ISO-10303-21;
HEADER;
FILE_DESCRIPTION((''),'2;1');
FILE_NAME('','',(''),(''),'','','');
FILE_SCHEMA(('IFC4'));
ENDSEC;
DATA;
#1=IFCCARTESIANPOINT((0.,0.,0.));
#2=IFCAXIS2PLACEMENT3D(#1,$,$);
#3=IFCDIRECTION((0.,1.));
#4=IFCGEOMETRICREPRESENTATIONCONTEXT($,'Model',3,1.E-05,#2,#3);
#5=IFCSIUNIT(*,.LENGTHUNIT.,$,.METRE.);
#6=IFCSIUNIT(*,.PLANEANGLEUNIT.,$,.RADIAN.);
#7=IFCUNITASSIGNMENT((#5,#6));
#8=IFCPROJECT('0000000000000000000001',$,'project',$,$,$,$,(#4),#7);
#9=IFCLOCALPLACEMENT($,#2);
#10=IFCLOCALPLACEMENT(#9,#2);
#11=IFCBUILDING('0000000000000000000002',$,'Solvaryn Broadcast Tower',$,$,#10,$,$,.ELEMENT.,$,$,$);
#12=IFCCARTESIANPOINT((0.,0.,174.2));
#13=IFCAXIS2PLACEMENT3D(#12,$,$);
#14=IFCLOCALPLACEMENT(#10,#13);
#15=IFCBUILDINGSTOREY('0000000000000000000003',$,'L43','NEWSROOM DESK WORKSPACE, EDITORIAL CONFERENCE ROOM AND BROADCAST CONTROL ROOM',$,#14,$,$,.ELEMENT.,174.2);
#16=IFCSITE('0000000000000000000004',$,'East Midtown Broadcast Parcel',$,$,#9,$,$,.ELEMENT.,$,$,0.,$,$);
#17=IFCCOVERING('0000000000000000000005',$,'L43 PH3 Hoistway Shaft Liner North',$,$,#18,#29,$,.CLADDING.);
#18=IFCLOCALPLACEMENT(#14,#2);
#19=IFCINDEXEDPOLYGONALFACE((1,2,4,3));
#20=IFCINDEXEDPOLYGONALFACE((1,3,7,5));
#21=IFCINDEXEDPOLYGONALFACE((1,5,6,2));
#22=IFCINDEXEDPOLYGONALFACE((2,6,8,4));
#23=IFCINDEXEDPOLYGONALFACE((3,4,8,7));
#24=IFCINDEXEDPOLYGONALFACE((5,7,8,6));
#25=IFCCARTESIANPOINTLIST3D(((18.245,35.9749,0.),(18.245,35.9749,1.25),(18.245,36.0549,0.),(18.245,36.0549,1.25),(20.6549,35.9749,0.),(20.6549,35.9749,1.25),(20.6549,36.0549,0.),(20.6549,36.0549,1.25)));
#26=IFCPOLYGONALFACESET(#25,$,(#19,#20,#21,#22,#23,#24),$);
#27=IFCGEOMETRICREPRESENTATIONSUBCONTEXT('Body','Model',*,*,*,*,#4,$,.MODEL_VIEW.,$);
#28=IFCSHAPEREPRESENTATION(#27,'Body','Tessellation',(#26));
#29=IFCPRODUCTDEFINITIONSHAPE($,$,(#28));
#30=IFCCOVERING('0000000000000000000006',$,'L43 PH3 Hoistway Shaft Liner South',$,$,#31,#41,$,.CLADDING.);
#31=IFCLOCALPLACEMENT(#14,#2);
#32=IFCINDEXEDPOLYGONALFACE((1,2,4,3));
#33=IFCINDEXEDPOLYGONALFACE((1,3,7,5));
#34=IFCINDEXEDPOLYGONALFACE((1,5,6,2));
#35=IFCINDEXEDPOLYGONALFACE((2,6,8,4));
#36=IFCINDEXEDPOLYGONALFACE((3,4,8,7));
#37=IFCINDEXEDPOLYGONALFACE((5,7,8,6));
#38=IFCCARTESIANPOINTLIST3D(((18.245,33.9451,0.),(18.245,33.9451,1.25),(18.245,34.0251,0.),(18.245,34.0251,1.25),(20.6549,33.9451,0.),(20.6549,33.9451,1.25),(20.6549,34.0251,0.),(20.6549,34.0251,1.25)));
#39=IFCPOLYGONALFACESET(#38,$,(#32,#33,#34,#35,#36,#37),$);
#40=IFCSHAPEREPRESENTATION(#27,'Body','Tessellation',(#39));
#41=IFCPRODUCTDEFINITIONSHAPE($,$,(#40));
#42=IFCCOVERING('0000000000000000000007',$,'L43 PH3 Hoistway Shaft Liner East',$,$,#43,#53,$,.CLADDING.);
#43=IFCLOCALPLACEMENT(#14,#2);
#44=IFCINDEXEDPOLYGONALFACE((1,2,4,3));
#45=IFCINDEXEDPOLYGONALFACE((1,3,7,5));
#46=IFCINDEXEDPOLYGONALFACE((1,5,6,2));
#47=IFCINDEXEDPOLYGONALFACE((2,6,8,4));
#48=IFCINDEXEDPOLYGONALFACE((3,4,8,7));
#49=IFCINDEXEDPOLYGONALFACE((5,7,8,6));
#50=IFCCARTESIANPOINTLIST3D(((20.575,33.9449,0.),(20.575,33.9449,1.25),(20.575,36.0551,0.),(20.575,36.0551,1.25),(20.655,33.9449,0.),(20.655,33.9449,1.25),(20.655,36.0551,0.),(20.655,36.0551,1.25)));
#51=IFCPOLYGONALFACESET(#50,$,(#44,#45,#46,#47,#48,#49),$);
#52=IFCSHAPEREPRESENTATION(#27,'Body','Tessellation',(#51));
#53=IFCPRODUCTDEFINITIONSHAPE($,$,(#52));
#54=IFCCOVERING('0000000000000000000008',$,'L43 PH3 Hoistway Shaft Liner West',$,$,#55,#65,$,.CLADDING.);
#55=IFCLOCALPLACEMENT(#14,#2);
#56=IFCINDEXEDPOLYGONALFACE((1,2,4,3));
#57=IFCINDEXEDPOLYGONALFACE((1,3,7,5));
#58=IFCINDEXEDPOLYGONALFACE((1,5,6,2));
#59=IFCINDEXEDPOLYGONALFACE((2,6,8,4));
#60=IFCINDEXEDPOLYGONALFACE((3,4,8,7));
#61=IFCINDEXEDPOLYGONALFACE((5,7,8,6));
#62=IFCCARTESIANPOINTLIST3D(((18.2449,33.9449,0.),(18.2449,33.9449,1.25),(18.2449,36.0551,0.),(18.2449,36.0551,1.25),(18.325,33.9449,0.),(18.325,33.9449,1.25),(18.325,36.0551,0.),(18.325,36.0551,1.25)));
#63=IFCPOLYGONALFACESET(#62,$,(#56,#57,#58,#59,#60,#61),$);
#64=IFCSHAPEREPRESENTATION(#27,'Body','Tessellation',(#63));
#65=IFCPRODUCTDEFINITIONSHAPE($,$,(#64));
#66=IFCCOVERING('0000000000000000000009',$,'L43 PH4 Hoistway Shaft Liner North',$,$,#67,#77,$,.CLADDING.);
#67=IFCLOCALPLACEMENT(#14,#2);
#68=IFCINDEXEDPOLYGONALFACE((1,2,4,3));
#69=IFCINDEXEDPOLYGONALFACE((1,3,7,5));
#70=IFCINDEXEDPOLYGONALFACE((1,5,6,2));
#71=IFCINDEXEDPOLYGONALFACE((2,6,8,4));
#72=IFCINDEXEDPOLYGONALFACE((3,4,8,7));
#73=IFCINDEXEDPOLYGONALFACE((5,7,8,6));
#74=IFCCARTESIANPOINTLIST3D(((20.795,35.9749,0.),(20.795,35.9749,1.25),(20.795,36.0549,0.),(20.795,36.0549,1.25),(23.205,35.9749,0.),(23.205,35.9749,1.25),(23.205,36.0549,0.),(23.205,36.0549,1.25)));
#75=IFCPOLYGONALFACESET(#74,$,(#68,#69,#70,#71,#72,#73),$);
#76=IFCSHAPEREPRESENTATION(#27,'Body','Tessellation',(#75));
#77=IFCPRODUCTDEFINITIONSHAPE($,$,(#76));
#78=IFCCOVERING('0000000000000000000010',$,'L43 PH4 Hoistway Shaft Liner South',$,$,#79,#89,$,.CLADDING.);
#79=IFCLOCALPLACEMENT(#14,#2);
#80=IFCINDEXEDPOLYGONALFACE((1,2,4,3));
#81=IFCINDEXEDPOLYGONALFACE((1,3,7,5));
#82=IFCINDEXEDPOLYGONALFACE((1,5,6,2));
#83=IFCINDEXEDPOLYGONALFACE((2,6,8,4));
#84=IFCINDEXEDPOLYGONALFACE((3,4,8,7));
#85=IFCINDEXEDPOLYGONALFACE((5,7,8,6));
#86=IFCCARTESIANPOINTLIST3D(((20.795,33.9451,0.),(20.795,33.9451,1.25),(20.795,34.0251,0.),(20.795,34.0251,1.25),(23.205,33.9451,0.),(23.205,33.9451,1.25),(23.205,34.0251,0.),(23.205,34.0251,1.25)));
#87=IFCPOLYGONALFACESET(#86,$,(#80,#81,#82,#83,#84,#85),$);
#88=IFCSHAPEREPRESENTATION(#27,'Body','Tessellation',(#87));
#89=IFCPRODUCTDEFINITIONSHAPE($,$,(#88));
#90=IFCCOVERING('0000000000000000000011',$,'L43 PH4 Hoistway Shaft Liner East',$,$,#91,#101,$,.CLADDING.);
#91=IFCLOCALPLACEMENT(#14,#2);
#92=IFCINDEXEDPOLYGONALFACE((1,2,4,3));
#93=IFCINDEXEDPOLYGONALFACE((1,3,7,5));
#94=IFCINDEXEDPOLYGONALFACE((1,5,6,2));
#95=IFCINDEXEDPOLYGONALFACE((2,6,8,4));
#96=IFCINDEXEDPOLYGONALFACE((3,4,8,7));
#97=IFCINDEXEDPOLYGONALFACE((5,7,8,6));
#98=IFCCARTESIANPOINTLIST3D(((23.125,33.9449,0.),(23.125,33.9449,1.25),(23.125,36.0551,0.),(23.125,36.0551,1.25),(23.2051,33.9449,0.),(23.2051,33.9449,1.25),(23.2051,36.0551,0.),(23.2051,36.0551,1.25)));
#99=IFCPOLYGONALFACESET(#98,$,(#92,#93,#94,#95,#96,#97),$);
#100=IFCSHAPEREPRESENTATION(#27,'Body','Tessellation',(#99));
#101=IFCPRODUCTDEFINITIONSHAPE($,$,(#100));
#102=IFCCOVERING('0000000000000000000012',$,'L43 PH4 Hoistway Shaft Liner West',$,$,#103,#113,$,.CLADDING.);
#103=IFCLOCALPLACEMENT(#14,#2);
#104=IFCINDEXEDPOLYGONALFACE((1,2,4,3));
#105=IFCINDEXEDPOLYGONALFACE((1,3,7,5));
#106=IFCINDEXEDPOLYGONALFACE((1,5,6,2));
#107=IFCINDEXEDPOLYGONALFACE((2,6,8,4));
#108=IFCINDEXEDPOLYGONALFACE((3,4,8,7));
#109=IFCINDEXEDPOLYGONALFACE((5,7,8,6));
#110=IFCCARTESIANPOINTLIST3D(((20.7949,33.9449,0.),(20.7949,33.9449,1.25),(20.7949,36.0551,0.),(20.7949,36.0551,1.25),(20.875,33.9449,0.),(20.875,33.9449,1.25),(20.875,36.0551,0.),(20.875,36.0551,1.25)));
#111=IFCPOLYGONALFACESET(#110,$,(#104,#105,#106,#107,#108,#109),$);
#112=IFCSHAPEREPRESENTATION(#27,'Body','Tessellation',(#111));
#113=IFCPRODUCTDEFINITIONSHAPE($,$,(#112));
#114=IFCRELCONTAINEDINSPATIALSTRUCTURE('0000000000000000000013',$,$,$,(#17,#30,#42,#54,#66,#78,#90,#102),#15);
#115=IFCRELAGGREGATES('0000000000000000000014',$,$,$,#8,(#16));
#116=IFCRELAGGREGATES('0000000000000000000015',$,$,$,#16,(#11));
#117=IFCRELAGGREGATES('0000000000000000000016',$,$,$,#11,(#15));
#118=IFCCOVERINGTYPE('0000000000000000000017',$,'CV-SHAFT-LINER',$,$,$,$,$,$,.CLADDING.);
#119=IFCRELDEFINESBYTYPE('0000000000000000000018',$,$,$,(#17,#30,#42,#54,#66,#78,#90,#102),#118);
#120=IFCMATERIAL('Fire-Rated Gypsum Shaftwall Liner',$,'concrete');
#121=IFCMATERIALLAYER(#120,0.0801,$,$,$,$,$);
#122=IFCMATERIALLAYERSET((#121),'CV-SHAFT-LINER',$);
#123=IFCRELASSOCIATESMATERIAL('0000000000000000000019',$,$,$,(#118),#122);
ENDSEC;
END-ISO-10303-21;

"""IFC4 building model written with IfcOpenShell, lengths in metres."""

from ifc_helpers import new_model, si_unit, direction, frame, origin, origin_2d, place, context, subcontext, project, spatial, rectangle, extrude, material, layer, layer_set, type_object, element, save


model = new_model("IFC4")

# Units and contexts
model_context = context("Model", 3, precision=1e-05, world=origin(), true_north=direction((0.0, 1.0)))
body_context = subcontext(model_context, "Body", "Model", "MODEL_VIEW")
ifc_project = project(units=[si_unit("LENGTHUNIT", "METRE"), si_unit("PLANEANGLEUNIT", "RADIAN")], contexts=[model_context])

# Site, building, storey
site_placement = place(None, origin())
site = spatial("IfcSite", under=ifc_project, at=site_placement, Name="East Midtown Broadcast Parcel", CompositionType="ELEMENT", RefElevation=0.0)
building_placement = place(site_placement, origin())
building = spatial("IfcBuilding", under=site, at=building_placement, Name="Solvaryn Broadcast Tower", CompositionType="ELEMENT")
storey_placement = place(building_placement, frame((0.0, 0.0, 174.2)))
storey = spatial("IfcBuildingStorey", under=building, at=storey_placement, Name="L43", Description="NEWSROOM DESK WORKSPACE, EDITORIAL CONFERENCE ROOM AND BROADCAST CONTROL ROOM", CompositionType="ELEMENT", Elevation=174.2)

# Coverings
ifc_material_1 = material(Name="Fire-Rated Gypsum Shaftwall Liner", Category="concrete")
ifc_layer_1 = layer(ifc_material_1, 0.0801)
ifc_layer_set_1 = layer_set([ifc_layer_1], Name="CV-SHAFT-LINER")
covering_type = type_object("IfcCoveringType", Name="CV-SHAFT-LINER", PredefinedType="CLADDING", material=ifc_layer_set_1)
for number, where, z_axis, x_axis, name in (
    (1, (19.45, 36.0149, 0.0), (0.0, 0.0, 1.0), (1.0, 0.0, 0.0), "L43 PH3 Hoistway Shaft Liner North"),
    (2, (19.45, 33.9851, 0.0), (0.0, 0.0, 1.0), (1.0, 0.0, 0.0), "L43 PH3 Hoistway Shaft Liner South"),
):
    element("IfcCovering", number, at=place(storey_placement, frame(where, z_axis=z_axis, x_axis=x_axis)), inside=storey, type_object=covering_type, Name=name, PredefinedType="CLADDING", context=body_context, shape_type="SweptSolid", body=[
        extrude(rectangle(XDim=2.4099, YDim=0.0801, at=origin_2d()), origin(), (0.0, 0.0, 1.0), 1.25),
    ])
for number, where, z_axis, x_axis, name in (
    (3, (20.615, 35.0, 0.0), (0.0, 0.0, 1.0), (1.0, 0.0, 0.0), "L43 PH3 Hoistway Shaft Liner East"),
    (4, (18.2849, 35.0, 0.0), (0.0, 0.0, 1.0), (1.0, 0.0, 0.0), "L43 PH3 Hoistway Shaft Liner West"),
):
    element("IfcCovering", number, at=place(storey_placement, frame(where, z_axis=z_axis, x_axis=x_axis)), inside=storey, type_object=covering_type, Name=name, PredefinedType="CLADDING", context=body_context, shape_type="SweptSolid", body=[
        extrude(rectangle(XDim=0.0801, YDim=2.1101, at=origin_2d()), origin(), (0.0, 0.0, 1.0), 1.25),
    ])
for number, where, z_axis, x_axis, name in (
    (5, (22.0, 36.0149, 0.0), (0.0, 0.0, 1.0), (1.0, 0.0, 0.0), "L43 PH4 Hoistway Shaft Liner North"),
    (6, (22.0, 33.9851, 0.0), (0.0, 0.0, 1.0), (1.0, 0.0, 0.0), "L43 PH4 Hoistway Shaft Liner South"),
):
    element("IfcCovering", number, at=place(storey_placement, frame(where, z_axis=z_axis, x_axis=x_axis)), inside=storey, type_object=covering_type, Name=name, PredefinedType="CLADDING", context=body_context, shape_type="SweptSolid", body=[
        extrude(rectangle(XDim=2.4099, YDim=0.0801, at=origin_2d()), origin(), (0.0, 0.0, 1.0), 1.25),
    ])
for number, where, z_axis, x_axis, name in (
    (7, (23.165, 35.0, 0.0), (0.0, 0.0, 1.0), (1.0, 0.0, 0.0), "L43 PH4 Hoistway Shaft Liner East"),
    (8, (20.835, 35.0, 0.0), (0.0, 0.0, 1.0), (1.0, 0.0, 0.0), "L43 PH4 Hoistway Shaft Liner West"),
):
    element("IfcCovering", number, at=place(storey_placement, frame(where, z_axis=z_axis, x_axis=x_axis)), inside=storey, type_object=covering_type, Name=name, PredefinedType="CLADDING", context=body_context, shape_type="SweptSolid", body=[
        extrude(rectangle(XDim=0.0801, YDim=2.1101, at=origin_2d()), origin(), (0.0, 0.0, 1.0), 1.25),
    ])

save(model, "model.ifc")
